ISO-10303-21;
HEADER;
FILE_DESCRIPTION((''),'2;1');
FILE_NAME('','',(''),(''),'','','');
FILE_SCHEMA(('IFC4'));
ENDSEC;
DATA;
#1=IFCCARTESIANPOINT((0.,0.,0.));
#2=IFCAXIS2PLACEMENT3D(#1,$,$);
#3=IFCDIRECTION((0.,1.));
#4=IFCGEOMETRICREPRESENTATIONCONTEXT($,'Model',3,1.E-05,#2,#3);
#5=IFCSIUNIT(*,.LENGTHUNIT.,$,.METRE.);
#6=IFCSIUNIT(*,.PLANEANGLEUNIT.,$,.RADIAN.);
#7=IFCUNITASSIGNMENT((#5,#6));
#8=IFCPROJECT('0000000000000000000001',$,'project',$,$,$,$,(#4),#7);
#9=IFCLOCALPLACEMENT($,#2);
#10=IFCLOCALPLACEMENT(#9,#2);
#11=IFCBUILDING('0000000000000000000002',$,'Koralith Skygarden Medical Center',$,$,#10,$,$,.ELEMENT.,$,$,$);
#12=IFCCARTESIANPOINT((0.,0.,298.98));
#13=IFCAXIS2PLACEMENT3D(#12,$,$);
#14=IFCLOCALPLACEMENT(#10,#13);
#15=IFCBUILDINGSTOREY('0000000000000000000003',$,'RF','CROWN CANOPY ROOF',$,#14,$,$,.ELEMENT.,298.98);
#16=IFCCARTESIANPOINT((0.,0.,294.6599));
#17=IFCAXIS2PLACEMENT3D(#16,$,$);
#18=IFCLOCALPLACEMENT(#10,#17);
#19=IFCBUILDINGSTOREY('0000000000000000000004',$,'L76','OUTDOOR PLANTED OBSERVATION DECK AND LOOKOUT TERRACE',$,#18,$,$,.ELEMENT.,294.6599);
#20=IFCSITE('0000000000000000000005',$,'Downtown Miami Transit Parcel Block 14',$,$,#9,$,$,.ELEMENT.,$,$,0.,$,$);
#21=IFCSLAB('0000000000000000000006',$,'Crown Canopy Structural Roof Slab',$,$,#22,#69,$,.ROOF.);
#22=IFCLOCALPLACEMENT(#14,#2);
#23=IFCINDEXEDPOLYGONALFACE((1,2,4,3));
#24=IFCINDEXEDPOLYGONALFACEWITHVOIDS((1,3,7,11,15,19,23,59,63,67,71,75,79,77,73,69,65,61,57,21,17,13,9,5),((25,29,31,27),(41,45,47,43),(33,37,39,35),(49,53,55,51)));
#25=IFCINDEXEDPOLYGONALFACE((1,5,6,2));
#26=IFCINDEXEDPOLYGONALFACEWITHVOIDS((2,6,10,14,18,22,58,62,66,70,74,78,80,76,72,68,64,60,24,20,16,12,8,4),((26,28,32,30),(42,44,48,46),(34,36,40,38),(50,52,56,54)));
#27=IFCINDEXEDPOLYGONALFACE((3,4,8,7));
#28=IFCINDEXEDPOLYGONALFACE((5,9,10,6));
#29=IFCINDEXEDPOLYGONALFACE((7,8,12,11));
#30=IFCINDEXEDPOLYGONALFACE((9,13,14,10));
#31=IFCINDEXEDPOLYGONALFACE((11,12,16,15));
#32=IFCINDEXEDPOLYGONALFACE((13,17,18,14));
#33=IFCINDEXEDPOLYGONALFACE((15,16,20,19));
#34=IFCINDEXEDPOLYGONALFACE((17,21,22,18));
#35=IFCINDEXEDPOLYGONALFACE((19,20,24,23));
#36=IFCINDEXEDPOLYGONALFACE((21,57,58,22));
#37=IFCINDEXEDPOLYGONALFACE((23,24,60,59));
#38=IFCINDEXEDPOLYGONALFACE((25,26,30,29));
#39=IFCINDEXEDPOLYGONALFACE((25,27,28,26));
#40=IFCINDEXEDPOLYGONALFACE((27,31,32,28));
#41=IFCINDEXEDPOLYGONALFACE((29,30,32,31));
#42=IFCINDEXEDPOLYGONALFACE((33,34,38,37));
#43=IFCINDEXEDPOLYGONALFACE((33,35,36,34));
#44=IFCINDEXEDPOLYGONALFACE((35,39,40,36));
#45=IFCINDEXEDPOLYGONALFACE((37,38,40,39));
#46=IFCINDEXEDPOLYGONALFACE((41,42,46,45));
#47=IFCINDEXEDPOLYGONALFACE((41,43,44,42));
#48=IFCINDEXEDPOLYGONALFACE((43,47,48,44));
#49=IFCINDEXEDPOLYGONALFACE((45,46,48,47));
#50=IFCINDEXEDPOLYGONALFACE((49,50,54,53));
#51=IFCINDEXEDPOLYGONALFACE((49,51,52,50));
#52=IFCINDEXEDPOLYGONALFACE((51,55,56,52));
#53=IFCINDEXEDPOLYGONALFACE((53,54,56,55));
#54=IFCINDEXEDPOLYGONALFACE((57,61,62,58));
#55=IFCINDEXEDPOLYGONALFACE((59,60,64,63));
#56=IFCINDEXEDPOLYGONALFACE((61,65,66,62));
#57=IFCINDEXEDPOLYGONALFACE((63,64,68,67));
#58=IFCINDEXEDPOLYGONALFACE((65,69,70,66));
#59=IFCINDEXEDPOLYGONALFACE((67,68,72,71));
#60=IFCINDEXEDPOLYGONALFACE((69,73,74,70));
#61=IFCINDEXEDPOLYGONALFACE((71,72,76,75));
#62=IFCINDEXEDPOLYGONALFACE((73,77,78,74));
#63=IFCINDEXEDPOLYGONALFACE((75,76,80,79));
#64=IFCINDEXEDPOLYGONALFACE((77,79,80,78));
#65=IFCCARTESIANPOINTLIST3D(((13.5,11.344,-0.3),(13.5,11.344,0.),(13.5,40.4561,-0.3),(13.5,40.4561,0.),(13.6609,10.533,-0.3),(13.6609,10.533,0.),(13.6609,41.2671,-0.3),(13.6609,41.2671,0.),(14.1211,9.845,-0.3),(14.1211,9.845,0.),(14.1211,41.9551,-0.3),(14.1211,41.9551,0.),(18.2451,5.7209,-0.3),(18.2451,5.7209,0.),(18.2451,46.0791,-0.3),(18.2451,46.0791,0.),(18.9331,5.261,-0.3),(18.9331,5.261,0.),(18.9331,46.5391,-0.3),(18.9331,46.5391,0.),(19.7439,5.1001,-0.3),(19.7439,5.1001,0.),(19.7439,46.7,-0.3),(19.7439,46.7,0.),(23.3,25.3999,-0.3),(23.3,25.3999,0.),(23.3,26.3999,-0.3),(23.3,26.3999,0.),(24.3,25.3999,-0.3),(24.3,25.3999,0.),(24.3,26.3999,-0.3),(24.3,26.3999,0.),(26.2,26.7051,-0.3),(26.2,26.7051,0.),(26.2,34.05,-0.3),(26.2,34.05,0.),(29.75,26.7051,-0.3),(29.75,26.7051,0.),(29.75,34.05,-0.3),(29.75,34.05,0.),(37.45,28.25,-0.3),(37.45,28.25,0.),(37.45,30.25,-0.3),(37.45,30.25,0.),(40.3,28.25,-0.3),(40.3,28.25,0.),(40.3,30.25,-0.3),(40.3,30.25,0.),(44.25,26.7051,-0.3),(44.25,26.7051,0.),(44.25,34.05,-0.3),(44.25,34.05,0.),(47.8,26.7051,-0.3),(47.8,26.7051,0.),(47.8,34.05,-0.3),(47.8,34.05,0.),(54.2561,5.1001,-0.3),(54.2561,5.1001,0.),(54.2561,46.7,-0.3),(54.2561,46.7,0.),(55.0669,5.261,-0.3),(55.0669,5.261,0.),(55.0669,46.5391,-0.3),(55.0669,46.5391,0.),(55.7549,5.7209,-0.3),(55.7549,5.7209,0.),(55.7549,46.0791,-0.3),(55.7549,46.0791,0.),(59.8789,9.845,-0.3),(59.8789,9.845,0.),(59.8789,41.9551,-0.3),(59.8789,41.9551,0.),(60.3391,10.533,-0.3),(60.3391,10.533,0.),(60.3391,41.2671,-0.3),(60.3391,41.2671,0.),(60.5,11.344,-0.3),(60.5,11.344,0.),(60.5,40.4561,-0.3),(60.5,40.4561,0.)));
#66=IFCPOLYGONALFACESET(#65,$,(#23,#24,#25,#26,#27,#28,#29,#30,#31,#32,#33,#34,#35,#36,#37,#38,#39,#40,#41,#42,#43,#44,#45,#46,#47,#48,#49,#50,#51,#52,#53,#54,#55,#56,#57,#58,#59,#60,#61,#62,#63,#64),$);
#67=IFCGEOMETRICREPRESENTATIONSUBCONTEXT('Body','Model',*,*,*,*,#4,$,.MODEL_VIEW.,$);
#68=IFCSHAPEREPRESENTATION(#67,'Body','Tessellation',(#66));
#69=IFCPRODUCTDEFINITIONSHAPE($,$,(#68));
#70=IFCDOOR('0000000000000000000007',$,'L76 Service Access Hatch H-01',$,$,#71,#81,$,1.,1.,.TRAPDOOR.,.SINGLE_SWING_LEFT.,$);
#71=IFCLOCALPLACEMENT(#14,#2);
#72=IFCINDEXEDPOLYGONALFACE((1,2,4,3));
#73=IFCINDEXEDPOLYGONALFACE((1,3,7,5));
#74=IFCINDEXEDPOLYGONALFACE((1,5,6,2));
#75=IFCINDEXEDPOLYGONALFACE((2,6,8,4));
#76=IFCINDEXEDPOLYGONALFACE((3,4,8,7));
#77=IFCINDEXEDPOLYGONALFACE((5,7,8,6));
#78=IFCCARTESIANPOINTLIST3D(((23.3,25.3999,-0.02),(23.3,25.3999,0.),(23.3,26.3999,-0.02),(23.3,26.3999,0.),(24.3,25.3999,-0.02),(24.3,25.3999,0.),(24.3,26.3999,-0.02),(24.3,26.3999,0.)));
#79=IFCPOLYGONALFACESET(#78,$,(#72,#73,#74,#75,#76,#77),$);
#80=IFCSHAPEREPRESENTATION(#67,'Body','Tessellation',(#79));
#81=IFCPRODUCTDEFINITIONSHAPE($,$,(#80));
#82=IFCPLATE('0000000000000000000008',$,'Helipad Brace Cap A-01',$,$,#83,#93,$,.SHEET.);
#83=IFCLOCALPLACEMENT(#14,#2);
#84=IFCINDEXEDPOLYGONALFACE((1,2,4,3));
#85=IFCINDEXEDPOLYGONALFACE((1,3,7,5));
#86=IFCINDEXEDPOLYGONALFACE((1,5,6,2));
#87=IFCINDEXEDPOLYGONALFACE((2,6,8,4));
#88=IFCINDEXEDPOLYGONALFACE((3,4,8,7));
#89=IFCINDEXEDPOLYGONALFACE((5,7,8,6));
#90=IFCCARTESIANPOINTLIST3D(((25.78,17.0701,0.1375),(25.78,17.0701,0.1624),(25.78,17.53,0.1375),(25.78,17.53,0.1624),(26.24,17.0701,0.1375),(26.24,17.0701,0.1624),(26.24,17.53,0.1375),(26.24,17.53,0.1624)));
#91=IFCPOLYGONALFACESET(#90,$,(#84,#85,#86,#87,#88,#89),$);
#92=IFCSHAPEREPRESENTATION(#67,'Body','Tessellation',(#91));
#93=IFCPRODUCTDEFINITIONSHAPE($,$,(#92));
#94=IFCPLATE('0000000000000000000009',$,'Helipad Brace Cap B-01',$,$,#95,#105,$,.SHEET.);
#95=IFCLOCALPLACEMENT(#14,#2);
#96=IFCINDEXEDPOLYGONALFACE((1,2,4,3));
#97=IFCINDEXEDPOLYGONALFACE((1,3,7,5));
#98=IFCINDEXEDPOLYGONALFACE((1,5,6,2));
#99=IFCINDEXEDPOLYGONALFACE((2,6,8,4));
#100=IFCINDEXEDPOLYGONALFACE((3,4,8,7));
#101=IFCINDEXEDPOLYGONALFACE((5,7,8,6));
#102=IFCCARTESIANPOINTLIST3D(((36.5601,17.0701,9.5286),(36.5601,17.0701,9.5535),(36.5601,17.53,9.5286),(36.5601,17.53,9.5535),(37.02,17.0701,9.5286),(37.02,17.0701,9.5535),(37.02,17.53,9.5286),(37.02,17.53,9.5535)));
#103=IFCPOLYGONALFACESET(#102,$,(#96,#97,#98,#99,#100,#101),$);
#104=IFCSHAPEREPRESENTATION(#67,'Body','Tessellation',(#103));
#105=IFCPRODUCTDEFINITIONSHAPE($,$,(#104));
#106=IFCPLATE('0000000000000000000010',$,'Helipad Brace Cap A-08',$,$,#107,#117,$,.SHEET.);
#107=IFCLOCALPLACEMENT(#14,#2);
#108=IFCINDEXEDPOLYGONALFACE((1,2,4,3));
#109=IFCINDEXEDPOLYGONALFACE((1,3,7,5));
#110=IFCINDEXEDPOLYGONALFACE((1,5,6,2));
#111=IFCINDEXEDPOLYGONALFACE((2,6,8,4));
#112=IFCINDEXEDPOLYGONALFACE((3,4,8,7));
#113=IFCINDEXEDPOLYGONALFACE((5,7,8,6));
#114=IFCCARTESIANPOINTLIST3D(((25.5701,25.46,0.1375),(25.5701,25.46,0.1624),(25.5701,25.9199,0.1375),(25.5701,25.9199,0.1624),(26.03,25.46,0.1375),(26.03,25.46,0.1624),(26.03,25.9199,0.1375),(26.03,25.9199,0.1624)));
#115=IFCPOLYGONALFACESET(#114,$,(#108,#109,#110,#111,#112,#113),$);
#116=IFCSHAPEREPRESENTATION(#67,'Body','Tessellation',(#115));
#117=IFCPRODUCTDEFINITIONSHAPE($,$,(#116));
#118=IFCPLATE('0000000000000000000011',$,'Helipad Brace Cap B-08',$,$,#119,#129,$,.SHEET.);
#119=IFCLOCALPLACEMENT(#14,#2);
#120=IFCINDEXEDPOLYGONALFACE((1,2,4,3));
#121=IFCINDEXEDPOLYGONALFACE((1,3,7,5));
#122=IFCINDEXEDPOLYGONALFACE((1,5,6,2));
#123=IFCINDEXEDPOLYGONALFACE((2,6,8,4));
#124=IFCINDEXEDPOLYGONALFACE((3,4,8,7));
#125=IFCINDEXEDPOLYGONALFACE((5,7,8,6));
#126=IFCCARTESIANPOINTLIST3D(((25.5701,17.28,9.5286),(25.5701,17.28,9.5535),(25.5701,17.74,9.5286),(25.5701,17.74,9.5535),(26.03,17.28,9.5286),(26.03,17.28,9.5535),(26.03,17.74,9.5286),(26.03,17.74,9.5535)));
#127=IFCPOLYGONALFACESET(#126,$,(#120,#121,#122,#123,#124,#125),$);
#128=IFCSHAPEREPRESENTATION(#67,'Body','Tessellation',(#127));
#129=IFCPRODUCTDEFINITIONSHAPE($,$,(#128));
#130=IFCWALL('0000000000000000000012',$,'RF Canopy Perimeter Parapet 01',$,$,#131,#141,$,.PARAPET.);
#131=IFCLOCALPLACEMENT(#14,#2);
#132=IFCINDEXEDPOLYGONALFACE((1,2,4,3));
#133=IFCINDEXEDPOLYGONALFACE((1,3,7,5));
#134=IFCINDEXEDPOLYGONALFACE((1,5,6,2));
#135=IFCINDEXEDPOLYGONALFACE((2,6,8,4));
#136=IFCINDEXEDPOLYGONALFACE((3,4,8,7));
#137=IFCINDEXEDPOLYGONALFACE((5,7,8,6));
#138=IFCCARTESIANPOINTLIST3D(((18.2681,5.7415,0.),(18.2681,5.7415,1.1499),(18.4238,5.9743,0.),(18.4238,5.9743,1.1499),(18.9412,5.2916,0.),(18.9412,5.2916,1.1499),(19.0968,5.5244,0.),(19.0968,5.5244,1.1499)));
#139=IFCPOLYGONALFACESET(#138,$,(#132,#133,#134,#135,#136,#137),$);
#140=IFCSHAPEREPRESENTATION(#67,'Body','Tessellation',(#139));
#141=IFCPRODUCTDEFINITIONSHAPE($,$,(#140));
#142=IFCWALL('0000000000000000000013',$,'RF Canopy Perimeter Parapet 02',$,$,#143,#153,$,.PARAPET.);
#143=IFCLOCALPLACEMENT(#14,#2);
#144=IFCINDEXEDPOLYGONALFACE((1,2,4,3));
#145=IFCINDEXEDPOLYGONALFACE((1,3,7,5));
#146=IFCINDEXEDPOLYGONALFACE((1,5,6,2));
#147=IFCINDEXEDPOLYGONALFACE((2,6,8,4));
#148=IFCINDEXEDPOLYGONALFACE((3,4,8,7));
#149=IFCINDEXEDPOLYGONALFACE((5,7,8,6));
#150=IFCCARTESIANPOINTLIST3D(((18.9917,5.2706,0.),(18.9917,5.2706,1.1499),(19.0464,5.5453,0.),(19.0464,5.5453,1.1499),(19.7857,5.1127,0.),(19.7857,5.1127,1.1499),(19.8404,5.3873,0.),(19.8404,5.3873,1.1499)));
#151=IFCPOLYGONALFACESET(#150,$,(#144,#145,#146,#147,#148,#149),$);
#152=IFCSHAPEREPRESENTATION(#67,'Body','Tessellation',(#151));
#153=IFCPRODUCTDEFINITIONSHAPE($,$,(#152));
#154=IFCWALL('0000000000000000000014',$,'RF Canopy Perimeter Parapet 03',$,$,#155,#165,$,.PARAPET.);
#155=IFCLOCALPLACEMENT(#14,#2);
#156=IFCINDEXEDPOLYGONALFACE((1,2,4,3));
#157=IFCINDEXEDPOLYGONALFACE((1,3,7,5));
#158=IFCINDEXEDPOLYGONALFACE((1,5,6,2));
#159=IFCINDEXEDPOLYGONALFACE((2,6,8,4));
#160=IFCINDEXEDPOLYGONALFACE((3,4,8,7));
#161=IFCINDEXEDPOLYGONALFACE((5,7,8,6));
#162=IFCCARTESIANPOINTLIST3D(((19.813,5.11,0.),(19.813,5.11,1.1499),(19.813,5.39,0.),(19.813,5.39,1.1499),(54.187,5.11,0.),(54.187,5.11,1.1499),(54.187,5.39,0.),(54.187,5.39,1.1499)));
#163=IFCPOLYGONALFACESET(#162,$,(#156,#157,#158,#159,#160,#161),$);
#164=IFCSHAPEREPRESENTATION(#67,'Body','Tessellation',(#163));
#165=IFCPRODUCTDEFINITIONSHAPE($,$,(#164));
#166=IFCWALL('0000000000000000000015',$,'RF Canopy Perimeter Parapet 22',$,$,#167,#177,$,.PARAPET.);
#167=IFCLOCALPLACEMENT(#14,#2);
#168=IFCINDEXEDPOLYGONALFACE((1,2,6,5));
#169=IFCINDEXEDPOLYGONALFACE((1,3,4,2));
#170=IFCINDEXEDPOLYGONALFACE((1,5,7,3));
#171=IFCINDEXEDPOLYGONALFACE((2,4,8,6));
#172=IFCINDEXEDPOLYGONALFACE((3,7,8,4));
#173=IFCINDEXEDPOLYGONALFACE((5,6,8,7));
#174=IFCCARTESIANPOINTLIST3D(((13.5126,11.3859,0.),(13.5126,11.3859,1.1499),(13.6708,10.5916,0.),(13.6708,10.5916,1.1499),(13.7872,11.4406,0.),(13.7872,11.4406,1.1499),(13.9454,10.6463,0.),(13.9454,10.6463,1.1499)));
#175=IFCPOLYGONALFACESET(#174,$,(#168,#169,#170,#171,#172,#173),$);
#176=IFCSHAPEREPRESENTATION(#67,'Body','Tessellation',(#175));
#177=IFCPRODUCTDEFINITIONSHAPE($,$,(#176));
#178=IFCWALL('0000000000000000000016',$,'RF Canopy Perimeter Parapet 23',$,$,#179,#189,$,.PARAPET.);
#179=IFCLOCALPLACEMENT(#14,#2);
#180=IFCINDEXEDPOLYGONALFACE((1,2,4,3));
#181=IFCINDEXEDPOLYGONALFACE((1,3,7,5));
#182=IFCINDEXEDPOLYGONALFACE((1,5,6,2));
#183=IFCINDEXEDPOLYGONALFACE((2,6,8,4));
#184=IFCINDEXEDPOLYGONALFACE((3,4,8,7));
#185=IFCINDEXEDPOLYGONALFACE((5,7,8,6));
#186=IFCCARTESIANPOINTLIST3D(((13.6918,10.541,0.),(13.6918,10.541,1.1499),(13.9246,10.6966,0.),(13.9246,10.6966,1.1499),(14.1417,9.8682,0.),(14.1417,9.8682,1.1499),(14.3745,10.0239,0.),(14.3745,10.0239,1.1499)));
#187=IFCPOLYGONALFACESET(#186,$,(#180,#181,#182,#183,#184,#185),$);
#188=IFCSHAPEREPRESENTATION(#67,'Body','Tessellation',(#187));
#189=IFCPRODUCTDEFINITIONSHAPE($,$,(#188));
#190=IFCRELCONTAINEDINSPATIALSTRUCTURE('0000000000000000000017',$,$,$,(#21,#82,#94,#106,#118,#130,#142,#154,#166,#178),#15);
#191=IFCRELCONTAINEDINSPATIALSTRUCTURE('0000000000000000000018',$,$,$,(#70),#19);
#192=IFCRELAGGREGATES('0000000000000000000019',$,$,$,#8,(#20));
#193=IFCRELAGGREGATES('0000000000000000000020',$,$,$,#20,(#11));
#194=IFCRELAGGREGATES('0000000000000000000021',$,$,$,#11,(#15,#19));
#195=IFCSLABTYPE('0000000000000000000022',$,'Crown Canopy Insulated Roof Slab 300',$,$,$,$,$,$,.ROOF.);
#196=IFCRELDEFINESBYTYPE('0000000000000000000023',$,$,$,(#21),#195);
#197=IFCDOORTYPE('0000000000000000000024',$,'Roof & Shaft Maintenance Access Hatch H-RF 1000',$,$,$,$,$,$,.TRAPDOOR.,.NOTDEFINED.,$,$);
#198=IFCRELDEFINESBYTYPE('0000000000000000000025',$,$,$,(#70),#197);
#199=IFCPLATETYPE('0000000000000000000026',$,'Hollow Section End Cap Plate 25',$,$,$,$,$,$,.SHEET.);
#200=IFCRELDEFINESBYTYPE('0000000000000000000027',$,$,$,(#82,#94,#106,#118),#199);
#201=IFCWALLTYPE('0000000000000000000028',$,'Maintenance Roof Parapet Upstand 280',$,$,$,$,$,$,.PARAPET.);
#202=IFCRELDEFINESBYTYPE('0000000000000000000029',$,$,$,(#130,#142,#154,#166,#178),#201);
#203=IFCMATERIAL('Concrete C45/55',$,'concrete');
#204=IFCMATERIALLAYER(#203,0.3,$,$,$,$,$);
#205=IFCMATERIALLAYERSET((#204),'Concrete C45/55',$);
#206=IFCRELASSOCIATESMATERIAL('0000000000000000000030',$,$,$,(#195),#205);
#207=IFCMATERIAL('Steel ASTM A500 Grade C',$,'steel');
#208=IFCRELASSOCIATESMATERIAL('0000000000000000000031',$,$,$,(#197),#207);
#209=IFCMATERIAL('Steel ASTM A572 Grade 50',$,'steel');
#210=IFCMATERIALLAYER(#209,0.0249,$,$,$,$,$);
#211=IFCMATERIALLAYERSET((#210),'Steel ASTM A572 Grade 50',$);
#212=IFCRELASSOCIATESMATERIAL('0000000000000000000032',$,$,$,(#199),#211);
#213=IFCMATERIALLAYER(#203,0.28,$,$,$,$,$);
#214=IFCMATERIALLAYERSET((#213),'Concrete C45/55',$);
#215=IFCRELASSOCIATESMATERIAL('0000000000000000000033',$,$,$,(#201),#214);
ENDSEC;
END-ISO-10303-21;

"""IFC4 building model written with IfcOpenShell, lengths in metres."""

from ifc_helpers import new_model, si_unit, direction, frame, frame_2d, origin, origin_2d, place, context, subcontext, project, spatial, polyline, rectangle, outline, extrude, material, layer, layer_set, type_object, element, fill, save


model = new_model("IFC4")

# Units and contexts
model_context = context("Model", 3, precision=1e-05, world=origin(), true_north=direction((0.0, 1.0)))
body_context = subcontext(model_context, "Body", "Model", "MODEL_VIEW")
ifc_project = project(units=[si_unit("LENGTHUNIT", "METRE"), si_unit("PLANEANGLEUNIT", "RADIAN")], contexts=[model_context])

# Site, building, storey
site_placement = place(None, origin())
site = spatial("IfcSite", under=ifc_project, at=site_placement, Name="Downtown Miami Transit Parcel Block 14", CompositionType="ELEMENT", RefElevation=0.0)
building_placement = place(site_placement, origin())
building = spatial("IfcBuilding", under=site, at=building_placement, Name="Koralith Skygarden Medical Center", CompositionType="ELEMENT")
storey_1_placement = place(building_placement, frame((0.0, 0.0, 298.98)))
storey_1 = spatial("IfcBuildingStorey", under=building, at=storey_1_placement, Name="RF", Description="CROWN CANOPY ROOF", CompositionType="ELEMENT", Elevation=298.98)

# Shared definitions
ifc_material_1 = material(Name="Steel ASTM A500 Grade C", Category="steel")

# Shared definitions
ifc_material_2 = material(Name="Concrete C45/55", Category="concrete")

# Slab, opening
ifc_layer_1 = layer(ifc_material_2, 0.3)
ifc_layer_set_1 = layer_set([ifc_layer_1], Name="Concrete C45/55")
slab_type_1 = type_object("IfcSlabType", Name="Crown Canopy Insulated Roof Slab 300", PredefinedType="ROOF", material=ifc_layer_set_1)
slab_1_placement = place(storey_1_placement, frame((0.0, 0.0, -0.3)))
slab_1 = element("IfcSlab", 1, at=slab_1_placement, inside=storey_1, type_object=slab_type_1, Name="Crown Canopy Structural Roof Slab", PredefinedType="ROOF", context=body_context, shape_type="SweptSolid", body=[
    extrude(outline(polyline([(18.2451, 5.7209), (18.9331, 5.261), (19.7439, 5.1001), (54.2561, 5.1001), (55.0669, 5.261), (55.7549, 5.7209), (59.8789, 9.845), (60.3391, 10.533), (60.5, 11.344), (60.5, 40.4561), (60.3391, 41.2671), (59.8789, 41.9551), (55.7549, 46.0791), (55.0669, 46.5391), (54.2561, 46.7), (19.7439, 46.7), (18.9331, 46.5391), (18.2451, 46.0791), (14.1211, 41.9551), (13.6609, 41.2671), (13.5, 40.4561), (13.5, 11.344), (13.6609, 10.533), (14.1211, 9.845), (18.2451, 5.7209)]), holes=[polyline([(26.2, 26.7051), (29.75, 26.7051), (29.75, 34.05), (26.2, 34.05), (26.2, 26.7051)]), polyline([(44.25, 26.7051), (47.8, 26.7051), (47.8, 34.05), (44.25, 34.05), (44.25, 26.7051)]), polyline([(37.45, 28.25), (40.3, 28.25), (40.3, 30.25), (37.45, 30.25), (37.45, 28.25)])]), origin(), (0.0, 0.0, 1.0), 0.3),
])
opening_1_placement = place(slab_1_placement, frame((23.8, 25.8999, -0.01)))
opening_1 = element("IfcOpeningElement", 2, at=opening_1_placement, cuts=slab_1, PredefinedType="OPENING", context=body_context, shape_type="SweptSolid", body=[
    extrude(rectangle(XDim=1.0, YDim=1.0, at=origin_2d()), origin(), (0.0, 0.0, 1.0), 0.3201),
])

# Shared definitions
storey_2_placement = place(building_placement, frame((0.0, 0.0, 294.6599)))
storey_2 = spatial("IfcBuildingStorey", under=building, at=storey_2_placement, Name="L76", Description="OUTDOOR PLANTED OBSERVATION DECK AND LOOKOUT TERRACE", CompositionType="ELEMENT", Elevation=294.6599)

# Door
door_type_1 = type_object("IfcDoorType", Name="Roof & Shaft Maintenance Access Hatch H-RF 1000", OperationType="NOTDEFINED", PredefinedType="TRAPDOOR", material=ifc_material_1)
door_1_placement = place(opening_1_placement, frame((0.0, 0.0, 0.29)))
door_1 = element("IfcDoor", 3, at=door_1_placement, inside=storey_2, type_object=door_type_1, Name="L76 Service Access Hatch H-01", OperationType="SINGLE_SWING_LEFT", OverallHeight=1.0, OverallWidth=1.0, PredefinedType="TRAPDOOR", context=body_context, shape_type="SweptSolid", body=[
    extrude(rectangle(XDim=1.0, YDim=1.0, at=origin_2d()), origin(), (0.0, 0.0, 1.0), 0.02),
])
fill(opening_1, door_1)

# Plates
ifc_material_3 = material(Name="Steel ASTM A572 Grade 50", Category="steel")
ifc_layer_2 = layer(ifc_material_3, 0.0249)
ifc_layer_set_2 = layer_set([ifc_layer_2], Name="Steel ASTM A572 Grade 50")
plate_type = type_object("IfcPlateType", Name="Hollow Section End Cap Plate 25", PredefinedType="SHEET", material=ifc_layer_set_2)
for number, where, z_axis, x_axis, name in (
    (4, (26.01, 17.3, 0.1375), (0.0, 0.0, 1.0), (1.0, 0.0, 0.0), "Helipad Brace Cap A-01"),
    (5, (36.79, 17.3, 9.5286), (0.0, 0.0, 1.0), (1.0, 0.0, 0.0), "Helipad Brace Cap B-01"),
    (6, (25.8, 25.6899, 0.1375), (0.0, 0.0, 1.0), (1.0, 0.0, 0.0), "Helipad Brace Cap A-08"),
    (7, (25.8, 17.51, 9.5286), (0.0, 0.0, 1.0), (1.0, 0.0, 0.0), "Helipad Brace Cap B-08"),
):
    element("IfcPlate", number, at=place(storey_1_placement, frame(where, z_axis=z_axis, x_axis=x_axis)), inside=storey_1, type_object=plate_type, Name=name, PredefinedType="SHEET", context=body_context, shape_type="SweptSolid", body=[
        extrude(rectangle(XDim=0.46, YDim=0.46, at=origin_2d()), origin(), (0.0, 0.0, 1.0), 0.0249),
    ])

# Walls
ifc_layer_3 = layer(ifc_material_2, 0.28)
ifc_layer_set_3 = layer_set([ifc_layer_3], Name="Concrete C45/55")
wall_type_1 = type_object("IfcWallType", Name="Maintenance Roof Parapet Upstand 280", PredefinedType="PARAPET", material=ifc_layer_set_3)
for number, where, z_axis, x_axis, name in (
    (8, (18.3459, 5.8579, 0.0), (0.0, 0.0, 1.0), (0.831354, -0.555744, 0.0), "RF Canopy Perimeter Parapet 01"),
    (9, (19.019, 5.408, 0.0), (0.0, 0.0, 1.0), (0.980777, -0.19513, 0.0), "RF Canopy Perimeter Parapet 02"),
):
    element("IfcWall", number, at=place(storey_1_placement, frame(where, z_axis=z_axis, x_axis=x_axis)), inside=storey_1, type_object=wall_type_1, Name=name, PredefinedType="PARAPET", context=body_context, shape_type="SweptSolid", body=[
        extrude(rectangle(XDim=0.8096, YDim=0.28, at=frame_2d((0.4048, 0.0))), origin(), (0.0, 0.0, 1.0), 1.1499),
    ])
wall_1_placement = place(storey_1_placement, frame((19.813, 5.25, 0.0), z_axis=(0.0, 0.0, 1.0), x_axis=(1.0, 0.0, 0.0)))
element("IfcWall", 10, at=wall_1_placement, inside=storey_1, type_object=wall_type_1, Name="RF Canopy Perimeter Parapet 03", PredefinedType="PARAPET", context=body_context, shape_type="SweptSolid", body=[
    extrude(rectangle(XDim=34.374, YDim=0.28, at=frame_2d((17.187, 0.0))), origin(), (0.0, 0.0, 1.0), 1.1499),
])
wall_2_placement = place(storey_1_placement, frame((13.6499, 11.4131, 0.0), z_axis=(0.0, 0.0, 1.0), x_axis=(0.195362, -0.980731, 0.0)))
element("IfcWall", 11, at=wall_2_placement, inside=storey_1, type_object=wall_type_1, Name="RF Canopy Perimeter Parapet 22", PredefinedType="PARAPET", context=body_context, shape_type="SweptSolid", body=[
    extrude(rectangle(XDim=0.8098, YDim=0.28, at=frame_2d((0.4048, 0.0))), origin(), (0.0, 0.0, 1.0), 1.1499),
])
wall_3_placement = place(storey_1_placement, frame((13.8081, 10.6189, 0.0), z_axis=(0.0, 0.0, 1.0), x_axis=(0.555883, -0.831261, 0.0)))
element("IfcWall", 12, at=wall_3_placement, inside=storey_1, type_object=wall_type_1, Name="RF Canopy Perimeter Parapet 23", PredefinedType="PARAPET", context=body_context, shape_type="SweptSolid", body=[
    extrude(rectangle(XDim=0.8093, YDim=0.28, at=frame_2d((0.4048, 0.0))), origin(), (0.0, 0.0, 1.0), 1.1499),
])

save(model, "model.ifc")
